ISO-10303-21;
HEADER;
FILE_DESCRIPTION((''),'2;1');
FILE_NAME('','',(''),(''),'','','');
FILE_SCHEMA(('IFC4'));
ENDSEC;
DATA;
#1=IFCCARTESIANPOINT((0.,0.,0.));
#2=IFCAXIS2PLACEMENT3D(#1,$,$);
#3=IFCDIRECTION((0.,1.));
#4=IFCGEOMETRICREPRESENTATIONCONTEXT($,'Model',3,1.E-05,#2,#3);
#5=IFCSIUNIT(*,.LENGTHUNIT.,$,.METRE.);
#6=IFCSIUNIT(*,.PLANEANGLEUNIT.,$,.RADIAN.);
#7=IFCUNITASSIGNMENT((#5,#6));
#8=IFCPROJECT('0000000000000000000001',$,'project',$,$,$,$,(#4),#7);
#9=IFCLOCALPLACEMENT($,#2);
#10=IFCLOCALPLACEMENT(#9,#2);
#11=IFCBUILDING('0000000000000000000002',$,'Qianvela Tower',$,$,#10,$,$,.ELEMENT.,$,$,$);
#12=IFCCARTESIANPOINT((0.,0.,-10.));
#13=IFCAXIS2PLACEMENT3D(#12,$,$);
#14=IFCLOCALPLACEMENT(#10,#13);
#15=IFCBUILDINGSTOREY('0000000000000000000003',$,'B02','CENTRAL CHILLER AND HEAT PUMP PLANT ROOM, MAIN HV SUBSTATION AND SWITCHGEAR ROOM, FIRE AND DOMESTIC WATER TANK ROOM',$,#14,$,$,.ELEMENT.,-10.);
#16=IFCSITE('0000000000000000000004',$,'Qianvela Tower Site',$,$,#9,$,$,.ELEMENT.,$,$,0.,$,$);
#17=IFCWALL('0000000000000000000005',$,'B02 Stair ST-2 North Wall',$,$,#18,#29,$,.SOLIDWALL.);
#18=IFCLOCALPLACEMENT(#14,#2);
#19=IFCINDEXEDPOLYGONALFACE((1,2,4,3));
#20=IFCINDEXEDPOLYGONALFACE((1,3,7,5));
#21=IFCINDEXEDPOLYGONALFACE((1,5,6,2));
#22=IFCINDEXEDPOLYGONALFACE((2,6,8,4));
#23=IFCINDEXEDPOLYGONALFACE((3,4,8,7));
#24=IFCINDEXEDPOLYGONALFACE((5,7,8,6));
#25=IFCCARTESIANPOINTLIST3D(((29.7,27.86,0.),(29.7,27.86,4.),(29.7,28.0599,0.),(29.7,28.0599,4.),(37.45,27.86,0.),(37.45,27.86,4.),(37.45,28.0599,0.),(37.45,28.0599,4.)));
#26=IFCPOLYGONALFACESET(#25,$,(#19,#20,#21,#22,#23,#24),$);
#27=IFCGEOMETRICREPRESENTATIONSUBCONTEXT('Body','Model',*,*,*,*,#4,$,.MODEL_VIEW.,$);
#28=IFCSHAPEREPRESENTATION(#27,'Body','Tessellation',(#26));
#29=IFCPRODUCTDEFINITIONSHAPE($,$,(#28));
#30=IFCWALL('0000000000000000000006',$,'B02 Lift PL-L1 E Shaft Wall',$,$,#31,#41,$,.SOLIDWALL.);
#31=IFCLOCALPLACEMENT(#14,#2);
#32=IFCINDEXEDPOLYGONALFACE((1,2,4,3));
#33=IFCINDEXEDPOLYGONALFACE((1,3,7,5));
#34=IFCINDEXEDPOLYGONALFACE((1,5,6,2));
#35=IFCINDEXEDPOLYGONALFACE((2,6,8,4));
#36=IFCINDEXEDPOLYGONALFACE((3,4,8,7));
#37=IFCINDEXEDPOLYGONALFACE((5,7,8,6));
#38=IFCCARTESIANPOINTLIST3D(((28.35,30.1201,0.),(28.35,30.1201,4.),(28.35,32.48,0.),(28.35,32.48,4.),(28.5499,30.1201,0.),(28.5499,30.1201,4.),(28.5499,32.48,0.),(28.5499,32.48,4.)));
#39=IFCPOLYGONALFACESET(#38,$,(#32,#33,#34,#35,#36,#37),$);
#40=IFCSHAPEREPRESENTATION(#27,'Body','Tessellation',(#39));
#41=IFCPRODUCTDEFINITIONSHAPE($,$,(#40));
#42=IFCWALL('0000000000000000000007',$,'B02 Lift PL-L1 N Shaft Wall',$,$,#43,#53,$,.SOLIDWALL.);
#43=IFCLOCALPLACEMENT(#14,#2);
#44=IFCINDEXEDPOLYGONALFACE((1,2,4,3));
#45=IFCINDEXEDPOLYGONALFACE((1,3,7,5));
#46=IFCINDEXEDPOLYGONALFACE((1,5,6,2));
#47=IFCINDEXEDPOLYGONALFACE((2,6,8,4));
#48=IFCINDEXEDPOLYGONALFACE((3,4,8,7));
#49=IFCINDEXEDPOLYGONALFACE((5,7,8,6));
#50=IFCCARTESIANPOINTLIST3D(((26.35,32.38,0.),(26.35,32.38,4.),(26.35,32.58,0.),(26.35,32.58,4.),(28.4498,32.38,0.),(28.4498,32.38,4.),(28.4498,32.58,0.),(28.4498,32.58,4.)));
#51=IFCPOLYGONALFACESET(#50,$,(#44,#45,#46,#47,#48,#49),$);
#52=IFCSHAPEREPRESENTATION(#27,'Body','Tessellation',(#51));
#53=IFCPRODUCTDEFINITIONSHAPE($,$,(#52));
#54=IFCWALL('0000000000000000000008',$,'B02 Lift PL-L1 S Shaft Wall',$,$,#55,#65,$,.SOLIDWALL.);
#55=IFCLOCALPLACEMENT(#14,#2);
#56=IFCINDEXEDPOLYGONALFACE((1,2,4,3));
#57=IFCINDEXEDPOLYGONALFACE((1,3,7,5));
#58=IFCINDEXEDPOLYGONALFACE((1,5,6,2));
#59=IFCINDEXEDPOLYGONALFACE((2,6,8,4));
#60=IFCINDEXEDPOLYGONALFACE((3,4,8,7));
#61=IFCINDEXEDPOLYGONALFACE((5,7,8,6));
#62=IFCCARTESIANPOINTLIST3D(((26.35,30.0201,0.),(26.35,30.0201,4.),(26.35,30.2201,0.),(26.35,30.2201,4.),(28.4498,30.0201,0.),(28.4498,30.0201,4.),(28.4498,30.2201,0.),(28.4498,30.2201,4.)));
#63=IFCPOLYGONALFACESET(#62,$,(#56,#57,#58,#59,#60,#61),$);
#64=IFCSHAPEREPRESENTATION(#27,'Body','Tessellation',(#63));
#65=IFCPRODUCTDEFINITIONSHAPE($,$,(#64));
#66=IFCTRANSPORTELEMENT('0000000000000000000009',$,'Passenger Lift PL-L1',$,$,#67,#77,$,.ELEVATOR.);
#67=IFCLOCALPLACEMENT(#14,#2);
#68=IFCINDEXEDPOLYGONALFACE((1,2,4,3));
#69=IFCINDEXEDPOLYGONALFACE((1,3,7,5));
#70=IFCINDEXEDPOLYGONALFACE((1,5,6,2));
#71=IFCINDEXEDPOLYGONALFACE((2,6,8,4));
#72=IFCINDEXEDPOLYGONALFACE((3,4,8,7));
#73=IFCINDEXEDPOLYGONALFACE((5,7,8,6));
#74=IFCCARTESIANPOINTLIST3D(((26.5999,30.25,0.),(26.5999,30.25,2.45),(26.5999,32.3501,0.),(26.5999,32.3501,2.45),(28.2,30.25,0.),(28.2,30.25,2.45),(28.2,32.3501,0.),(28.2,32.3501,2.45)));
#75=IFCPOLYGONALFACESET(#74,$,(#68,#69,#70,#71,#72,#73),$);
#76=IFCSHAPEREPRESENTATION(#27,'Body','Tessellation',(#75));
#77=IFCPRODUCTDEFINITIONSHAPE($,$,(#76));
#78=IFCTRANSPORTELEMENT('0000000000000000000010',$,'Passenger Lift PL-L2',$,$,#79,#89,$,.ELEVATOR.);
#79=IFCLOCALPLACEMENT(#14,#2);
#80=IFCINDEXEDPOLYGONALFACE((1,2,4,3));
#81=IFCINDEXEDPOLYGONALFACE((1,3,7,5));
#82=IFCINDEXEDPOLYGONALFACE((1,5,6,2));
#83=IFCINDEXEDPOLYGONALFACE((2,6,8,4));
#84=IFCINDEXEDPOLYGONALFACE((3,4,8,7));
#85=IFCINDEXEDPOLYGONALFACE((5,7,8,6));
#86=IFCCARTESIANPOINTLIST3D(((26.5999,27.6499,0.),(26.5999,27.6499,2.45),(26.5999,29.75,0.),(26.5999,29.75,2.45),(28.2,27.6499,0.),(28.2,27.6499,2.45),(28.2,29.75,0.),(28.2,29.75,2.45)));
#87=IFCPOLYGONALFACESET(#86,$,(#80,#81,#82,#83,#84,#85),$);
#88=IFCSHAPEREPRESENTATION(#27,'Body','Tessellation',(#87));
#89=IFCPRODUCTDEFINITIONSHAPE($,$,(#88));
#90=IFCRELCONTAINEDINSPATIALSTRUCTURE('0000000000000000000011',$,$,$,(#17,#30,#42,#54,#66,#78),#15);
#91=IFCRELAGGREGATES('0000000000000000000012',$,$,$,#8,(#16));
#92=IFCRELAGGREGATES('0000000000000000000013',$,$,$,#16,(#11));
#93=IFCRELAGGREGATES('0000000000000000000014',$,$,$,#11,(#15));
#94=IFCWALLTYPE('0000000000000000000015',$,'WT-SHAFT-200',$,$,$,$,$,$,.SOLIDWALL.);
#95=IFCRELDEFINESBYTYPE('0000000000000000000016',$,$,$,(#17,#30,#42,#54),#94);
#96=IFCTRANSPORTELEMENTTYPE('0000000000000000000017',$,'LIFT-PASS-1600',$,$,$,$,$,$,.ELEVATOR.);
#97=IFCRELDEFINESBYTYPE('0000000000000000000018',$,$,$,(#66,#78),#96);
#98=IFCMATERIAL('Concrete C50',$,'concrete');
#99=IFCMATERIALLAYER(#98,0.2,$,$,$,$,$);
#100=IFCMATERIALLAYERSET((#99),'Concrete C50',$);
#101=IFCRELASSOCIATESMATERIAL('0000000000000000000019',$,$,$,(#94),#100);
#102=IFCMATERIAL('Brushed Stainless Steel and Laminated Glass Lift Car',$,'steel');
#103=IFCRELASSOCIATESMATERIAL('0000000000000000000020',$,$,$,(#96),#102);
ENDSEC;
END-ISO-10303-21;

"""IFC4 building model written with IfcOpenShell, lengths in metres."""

from ifc_helpers import new_model, si_unit, direction, frame, frame_2d, origin, origin_2d, place, context, subcontext, project, spatial, rectangle, extrude, material, layer, layer_set, type_object, element, save


model = new_model("IFC4")

# Units and contexts
model_context = context("Model", 3, precision=1e-05, world=origin(), true_north=direction((0.0, 1.0)))
body_context = subcontext(model_context, "Body", "Model", "MODEL_VIEW")
ifc_project = project(units=[si_unit("LENGTHUNIT", "METRE"), si_unit("PLANEANGLEUNIT", "RADIAN")], contexts=[model_context])

# Site, building, storey
site_placement = place(None, origin())
site = spatial("IfcSite", under=ifc_project, at=site_placement, Name="Qianvela Tower Site", CompositionType="ELEMENT", RefElevation=0.0)
building_placement = place(site_placement, origin())
building = spatial("IfcBuilding", under=site, at=building_placement, Name="Qianvela Tower", CompositionType="ELEMENT")
storey_placement = place(building_placement, frame((0.0, 0.0, -10.0)))
storey = spatial("IfcBuildingStorey", under=building, at=storey_placement, Name="B02", Description="CENTRAL CHILLER AND HEAT PUMP PLANT ROOM, MAIN HV SUBSTATION AND SWITCHGEAR ROOM, FIRE AND DOMESTIC WATER TANK ROOM", CompositionType="ELEMENT", Elevation=-10.0)

# Walls
ifc_material_1 = material(Name="Concrete C50", Category="concrete")
ifc_layer_1 = layer(ifc_material_1, 0.2)
ifc_layer_set_1 = layer_set([ifc_layer_1], Name="Concrete C50")
wall_type_1 = type_object("IfcWallType", Name="WT-SHAFT-200", PredefinedType="SOLIDWALL", material=ifc_layer_set_1)
wall_1_placement = place(storey_placement, frame((29.7, 27.96, 0.0), z_axis=(0.0, 0.0, 1.0), x_axis=(1.0, 0.0, 0.0)))
element("IfcWall", 1, at=wall_1_placement, inside=storey, type_object=wall_type_1, Name="B02 Stair ST-2 North Wall", PredefinedType="SOLIDWALL", context=body_context, shape_type="SweptSolid", body=[
    extrude(rectangle(XDim=7.75, YDim=0.2, at=frame_2d((3.875, 0.0))), origin(), (0.0, 0.0, 1.0), 4.0),
])
wall_2_placement = place(storey_placement, frame((28.45, 30.1201, 0.0), z_axis=(0.0, 0.0, 1.0), x_axis=(0.0, 1.0, 0.0)))
element("IfcWall", 2, at=wall_2_placement, inside=storey, type_object=wall_type_1, Name="B02 Lift PL-L1 E Shaft Wall", PredefinedType="SOLIDWALL", context=body_context, shape_type="SweptSolid", body=[
    extrude(rectangle(XDim=2.3599, YDim=0.2, at=frame_2d((1.1799, 0.0))), origin(), (0.0, 0.0, 1.0), 4.0),
])

# Walls
for number, where, z_axis, x_axis, name in (
    (3, (26.3501, 32.48, 0.0), (0.0, 0.0, 1.0), (1.0, 0.0, 0.0), "B02 Lift PL-L1 N Shaft Wall"),
    (4, (26.3501, 30.1201, 0.0), (0.0, 0.0, 1.0), (1.0, 0.0, 0.0), "B02 Lift PL-L1 S Shaft Wall"),
):
    element("IfcWall", number, at=place(storey_placement, frame(where, z_axis=z_axis, x_axis=x_axis)), inside=storey, type_object=wall_type_1, Name=name, PredefinedType="SOLIDWALL", context=body_context, shape_type="SweptSolid", body=[
        extrude(rectangle(XDim=2.0999, YDim=0.2, at=frame_2d((1.0498, 0.0))), origin(), (0.0, 0.0, 1.0), 4.0),
    ])

# Transport elements
ifc_material_2 = material(Name="Brushed Stainless Steel and Laminated Glass Lift Car", Category="steel")
transport_element_type = type_object("IfcTransportElementType", Name="LIFT-PASS-1600", PredefinedType="ELEVATOR", material=ifc_material_2)
for number, where, z_axis, x_axis, name in (
    (5, (27.3999, 31.3, 0.0), (0.0, 0.0, 1.0), (1.0, 0.0, 0.0), "Passenger Lift PL-L1"),
    (6, (27.3999, 28.7, 0.0), (0.0, 0.0, 1.0), (1.0, 0.0, 0.0), "Passenger Lift PL-L2"),
):
    element("IfcTransportElement", number, at=place(storey_placement, frame(where, z_axis=z_axis, x_axis=x_axis)), inside=storey, type_object=transport_element_type, Name=name, PredefinedType="ELEVATOR", context=body_context, shape_type="SweptSolid", body=[
        extrude(rectangle(XDim=1.6001, YDim=2.1001, at=origin_2d()), origin(), (0.0, 0.0, 1.0), 2.45),
    ])

save(model, "model.ifc")
